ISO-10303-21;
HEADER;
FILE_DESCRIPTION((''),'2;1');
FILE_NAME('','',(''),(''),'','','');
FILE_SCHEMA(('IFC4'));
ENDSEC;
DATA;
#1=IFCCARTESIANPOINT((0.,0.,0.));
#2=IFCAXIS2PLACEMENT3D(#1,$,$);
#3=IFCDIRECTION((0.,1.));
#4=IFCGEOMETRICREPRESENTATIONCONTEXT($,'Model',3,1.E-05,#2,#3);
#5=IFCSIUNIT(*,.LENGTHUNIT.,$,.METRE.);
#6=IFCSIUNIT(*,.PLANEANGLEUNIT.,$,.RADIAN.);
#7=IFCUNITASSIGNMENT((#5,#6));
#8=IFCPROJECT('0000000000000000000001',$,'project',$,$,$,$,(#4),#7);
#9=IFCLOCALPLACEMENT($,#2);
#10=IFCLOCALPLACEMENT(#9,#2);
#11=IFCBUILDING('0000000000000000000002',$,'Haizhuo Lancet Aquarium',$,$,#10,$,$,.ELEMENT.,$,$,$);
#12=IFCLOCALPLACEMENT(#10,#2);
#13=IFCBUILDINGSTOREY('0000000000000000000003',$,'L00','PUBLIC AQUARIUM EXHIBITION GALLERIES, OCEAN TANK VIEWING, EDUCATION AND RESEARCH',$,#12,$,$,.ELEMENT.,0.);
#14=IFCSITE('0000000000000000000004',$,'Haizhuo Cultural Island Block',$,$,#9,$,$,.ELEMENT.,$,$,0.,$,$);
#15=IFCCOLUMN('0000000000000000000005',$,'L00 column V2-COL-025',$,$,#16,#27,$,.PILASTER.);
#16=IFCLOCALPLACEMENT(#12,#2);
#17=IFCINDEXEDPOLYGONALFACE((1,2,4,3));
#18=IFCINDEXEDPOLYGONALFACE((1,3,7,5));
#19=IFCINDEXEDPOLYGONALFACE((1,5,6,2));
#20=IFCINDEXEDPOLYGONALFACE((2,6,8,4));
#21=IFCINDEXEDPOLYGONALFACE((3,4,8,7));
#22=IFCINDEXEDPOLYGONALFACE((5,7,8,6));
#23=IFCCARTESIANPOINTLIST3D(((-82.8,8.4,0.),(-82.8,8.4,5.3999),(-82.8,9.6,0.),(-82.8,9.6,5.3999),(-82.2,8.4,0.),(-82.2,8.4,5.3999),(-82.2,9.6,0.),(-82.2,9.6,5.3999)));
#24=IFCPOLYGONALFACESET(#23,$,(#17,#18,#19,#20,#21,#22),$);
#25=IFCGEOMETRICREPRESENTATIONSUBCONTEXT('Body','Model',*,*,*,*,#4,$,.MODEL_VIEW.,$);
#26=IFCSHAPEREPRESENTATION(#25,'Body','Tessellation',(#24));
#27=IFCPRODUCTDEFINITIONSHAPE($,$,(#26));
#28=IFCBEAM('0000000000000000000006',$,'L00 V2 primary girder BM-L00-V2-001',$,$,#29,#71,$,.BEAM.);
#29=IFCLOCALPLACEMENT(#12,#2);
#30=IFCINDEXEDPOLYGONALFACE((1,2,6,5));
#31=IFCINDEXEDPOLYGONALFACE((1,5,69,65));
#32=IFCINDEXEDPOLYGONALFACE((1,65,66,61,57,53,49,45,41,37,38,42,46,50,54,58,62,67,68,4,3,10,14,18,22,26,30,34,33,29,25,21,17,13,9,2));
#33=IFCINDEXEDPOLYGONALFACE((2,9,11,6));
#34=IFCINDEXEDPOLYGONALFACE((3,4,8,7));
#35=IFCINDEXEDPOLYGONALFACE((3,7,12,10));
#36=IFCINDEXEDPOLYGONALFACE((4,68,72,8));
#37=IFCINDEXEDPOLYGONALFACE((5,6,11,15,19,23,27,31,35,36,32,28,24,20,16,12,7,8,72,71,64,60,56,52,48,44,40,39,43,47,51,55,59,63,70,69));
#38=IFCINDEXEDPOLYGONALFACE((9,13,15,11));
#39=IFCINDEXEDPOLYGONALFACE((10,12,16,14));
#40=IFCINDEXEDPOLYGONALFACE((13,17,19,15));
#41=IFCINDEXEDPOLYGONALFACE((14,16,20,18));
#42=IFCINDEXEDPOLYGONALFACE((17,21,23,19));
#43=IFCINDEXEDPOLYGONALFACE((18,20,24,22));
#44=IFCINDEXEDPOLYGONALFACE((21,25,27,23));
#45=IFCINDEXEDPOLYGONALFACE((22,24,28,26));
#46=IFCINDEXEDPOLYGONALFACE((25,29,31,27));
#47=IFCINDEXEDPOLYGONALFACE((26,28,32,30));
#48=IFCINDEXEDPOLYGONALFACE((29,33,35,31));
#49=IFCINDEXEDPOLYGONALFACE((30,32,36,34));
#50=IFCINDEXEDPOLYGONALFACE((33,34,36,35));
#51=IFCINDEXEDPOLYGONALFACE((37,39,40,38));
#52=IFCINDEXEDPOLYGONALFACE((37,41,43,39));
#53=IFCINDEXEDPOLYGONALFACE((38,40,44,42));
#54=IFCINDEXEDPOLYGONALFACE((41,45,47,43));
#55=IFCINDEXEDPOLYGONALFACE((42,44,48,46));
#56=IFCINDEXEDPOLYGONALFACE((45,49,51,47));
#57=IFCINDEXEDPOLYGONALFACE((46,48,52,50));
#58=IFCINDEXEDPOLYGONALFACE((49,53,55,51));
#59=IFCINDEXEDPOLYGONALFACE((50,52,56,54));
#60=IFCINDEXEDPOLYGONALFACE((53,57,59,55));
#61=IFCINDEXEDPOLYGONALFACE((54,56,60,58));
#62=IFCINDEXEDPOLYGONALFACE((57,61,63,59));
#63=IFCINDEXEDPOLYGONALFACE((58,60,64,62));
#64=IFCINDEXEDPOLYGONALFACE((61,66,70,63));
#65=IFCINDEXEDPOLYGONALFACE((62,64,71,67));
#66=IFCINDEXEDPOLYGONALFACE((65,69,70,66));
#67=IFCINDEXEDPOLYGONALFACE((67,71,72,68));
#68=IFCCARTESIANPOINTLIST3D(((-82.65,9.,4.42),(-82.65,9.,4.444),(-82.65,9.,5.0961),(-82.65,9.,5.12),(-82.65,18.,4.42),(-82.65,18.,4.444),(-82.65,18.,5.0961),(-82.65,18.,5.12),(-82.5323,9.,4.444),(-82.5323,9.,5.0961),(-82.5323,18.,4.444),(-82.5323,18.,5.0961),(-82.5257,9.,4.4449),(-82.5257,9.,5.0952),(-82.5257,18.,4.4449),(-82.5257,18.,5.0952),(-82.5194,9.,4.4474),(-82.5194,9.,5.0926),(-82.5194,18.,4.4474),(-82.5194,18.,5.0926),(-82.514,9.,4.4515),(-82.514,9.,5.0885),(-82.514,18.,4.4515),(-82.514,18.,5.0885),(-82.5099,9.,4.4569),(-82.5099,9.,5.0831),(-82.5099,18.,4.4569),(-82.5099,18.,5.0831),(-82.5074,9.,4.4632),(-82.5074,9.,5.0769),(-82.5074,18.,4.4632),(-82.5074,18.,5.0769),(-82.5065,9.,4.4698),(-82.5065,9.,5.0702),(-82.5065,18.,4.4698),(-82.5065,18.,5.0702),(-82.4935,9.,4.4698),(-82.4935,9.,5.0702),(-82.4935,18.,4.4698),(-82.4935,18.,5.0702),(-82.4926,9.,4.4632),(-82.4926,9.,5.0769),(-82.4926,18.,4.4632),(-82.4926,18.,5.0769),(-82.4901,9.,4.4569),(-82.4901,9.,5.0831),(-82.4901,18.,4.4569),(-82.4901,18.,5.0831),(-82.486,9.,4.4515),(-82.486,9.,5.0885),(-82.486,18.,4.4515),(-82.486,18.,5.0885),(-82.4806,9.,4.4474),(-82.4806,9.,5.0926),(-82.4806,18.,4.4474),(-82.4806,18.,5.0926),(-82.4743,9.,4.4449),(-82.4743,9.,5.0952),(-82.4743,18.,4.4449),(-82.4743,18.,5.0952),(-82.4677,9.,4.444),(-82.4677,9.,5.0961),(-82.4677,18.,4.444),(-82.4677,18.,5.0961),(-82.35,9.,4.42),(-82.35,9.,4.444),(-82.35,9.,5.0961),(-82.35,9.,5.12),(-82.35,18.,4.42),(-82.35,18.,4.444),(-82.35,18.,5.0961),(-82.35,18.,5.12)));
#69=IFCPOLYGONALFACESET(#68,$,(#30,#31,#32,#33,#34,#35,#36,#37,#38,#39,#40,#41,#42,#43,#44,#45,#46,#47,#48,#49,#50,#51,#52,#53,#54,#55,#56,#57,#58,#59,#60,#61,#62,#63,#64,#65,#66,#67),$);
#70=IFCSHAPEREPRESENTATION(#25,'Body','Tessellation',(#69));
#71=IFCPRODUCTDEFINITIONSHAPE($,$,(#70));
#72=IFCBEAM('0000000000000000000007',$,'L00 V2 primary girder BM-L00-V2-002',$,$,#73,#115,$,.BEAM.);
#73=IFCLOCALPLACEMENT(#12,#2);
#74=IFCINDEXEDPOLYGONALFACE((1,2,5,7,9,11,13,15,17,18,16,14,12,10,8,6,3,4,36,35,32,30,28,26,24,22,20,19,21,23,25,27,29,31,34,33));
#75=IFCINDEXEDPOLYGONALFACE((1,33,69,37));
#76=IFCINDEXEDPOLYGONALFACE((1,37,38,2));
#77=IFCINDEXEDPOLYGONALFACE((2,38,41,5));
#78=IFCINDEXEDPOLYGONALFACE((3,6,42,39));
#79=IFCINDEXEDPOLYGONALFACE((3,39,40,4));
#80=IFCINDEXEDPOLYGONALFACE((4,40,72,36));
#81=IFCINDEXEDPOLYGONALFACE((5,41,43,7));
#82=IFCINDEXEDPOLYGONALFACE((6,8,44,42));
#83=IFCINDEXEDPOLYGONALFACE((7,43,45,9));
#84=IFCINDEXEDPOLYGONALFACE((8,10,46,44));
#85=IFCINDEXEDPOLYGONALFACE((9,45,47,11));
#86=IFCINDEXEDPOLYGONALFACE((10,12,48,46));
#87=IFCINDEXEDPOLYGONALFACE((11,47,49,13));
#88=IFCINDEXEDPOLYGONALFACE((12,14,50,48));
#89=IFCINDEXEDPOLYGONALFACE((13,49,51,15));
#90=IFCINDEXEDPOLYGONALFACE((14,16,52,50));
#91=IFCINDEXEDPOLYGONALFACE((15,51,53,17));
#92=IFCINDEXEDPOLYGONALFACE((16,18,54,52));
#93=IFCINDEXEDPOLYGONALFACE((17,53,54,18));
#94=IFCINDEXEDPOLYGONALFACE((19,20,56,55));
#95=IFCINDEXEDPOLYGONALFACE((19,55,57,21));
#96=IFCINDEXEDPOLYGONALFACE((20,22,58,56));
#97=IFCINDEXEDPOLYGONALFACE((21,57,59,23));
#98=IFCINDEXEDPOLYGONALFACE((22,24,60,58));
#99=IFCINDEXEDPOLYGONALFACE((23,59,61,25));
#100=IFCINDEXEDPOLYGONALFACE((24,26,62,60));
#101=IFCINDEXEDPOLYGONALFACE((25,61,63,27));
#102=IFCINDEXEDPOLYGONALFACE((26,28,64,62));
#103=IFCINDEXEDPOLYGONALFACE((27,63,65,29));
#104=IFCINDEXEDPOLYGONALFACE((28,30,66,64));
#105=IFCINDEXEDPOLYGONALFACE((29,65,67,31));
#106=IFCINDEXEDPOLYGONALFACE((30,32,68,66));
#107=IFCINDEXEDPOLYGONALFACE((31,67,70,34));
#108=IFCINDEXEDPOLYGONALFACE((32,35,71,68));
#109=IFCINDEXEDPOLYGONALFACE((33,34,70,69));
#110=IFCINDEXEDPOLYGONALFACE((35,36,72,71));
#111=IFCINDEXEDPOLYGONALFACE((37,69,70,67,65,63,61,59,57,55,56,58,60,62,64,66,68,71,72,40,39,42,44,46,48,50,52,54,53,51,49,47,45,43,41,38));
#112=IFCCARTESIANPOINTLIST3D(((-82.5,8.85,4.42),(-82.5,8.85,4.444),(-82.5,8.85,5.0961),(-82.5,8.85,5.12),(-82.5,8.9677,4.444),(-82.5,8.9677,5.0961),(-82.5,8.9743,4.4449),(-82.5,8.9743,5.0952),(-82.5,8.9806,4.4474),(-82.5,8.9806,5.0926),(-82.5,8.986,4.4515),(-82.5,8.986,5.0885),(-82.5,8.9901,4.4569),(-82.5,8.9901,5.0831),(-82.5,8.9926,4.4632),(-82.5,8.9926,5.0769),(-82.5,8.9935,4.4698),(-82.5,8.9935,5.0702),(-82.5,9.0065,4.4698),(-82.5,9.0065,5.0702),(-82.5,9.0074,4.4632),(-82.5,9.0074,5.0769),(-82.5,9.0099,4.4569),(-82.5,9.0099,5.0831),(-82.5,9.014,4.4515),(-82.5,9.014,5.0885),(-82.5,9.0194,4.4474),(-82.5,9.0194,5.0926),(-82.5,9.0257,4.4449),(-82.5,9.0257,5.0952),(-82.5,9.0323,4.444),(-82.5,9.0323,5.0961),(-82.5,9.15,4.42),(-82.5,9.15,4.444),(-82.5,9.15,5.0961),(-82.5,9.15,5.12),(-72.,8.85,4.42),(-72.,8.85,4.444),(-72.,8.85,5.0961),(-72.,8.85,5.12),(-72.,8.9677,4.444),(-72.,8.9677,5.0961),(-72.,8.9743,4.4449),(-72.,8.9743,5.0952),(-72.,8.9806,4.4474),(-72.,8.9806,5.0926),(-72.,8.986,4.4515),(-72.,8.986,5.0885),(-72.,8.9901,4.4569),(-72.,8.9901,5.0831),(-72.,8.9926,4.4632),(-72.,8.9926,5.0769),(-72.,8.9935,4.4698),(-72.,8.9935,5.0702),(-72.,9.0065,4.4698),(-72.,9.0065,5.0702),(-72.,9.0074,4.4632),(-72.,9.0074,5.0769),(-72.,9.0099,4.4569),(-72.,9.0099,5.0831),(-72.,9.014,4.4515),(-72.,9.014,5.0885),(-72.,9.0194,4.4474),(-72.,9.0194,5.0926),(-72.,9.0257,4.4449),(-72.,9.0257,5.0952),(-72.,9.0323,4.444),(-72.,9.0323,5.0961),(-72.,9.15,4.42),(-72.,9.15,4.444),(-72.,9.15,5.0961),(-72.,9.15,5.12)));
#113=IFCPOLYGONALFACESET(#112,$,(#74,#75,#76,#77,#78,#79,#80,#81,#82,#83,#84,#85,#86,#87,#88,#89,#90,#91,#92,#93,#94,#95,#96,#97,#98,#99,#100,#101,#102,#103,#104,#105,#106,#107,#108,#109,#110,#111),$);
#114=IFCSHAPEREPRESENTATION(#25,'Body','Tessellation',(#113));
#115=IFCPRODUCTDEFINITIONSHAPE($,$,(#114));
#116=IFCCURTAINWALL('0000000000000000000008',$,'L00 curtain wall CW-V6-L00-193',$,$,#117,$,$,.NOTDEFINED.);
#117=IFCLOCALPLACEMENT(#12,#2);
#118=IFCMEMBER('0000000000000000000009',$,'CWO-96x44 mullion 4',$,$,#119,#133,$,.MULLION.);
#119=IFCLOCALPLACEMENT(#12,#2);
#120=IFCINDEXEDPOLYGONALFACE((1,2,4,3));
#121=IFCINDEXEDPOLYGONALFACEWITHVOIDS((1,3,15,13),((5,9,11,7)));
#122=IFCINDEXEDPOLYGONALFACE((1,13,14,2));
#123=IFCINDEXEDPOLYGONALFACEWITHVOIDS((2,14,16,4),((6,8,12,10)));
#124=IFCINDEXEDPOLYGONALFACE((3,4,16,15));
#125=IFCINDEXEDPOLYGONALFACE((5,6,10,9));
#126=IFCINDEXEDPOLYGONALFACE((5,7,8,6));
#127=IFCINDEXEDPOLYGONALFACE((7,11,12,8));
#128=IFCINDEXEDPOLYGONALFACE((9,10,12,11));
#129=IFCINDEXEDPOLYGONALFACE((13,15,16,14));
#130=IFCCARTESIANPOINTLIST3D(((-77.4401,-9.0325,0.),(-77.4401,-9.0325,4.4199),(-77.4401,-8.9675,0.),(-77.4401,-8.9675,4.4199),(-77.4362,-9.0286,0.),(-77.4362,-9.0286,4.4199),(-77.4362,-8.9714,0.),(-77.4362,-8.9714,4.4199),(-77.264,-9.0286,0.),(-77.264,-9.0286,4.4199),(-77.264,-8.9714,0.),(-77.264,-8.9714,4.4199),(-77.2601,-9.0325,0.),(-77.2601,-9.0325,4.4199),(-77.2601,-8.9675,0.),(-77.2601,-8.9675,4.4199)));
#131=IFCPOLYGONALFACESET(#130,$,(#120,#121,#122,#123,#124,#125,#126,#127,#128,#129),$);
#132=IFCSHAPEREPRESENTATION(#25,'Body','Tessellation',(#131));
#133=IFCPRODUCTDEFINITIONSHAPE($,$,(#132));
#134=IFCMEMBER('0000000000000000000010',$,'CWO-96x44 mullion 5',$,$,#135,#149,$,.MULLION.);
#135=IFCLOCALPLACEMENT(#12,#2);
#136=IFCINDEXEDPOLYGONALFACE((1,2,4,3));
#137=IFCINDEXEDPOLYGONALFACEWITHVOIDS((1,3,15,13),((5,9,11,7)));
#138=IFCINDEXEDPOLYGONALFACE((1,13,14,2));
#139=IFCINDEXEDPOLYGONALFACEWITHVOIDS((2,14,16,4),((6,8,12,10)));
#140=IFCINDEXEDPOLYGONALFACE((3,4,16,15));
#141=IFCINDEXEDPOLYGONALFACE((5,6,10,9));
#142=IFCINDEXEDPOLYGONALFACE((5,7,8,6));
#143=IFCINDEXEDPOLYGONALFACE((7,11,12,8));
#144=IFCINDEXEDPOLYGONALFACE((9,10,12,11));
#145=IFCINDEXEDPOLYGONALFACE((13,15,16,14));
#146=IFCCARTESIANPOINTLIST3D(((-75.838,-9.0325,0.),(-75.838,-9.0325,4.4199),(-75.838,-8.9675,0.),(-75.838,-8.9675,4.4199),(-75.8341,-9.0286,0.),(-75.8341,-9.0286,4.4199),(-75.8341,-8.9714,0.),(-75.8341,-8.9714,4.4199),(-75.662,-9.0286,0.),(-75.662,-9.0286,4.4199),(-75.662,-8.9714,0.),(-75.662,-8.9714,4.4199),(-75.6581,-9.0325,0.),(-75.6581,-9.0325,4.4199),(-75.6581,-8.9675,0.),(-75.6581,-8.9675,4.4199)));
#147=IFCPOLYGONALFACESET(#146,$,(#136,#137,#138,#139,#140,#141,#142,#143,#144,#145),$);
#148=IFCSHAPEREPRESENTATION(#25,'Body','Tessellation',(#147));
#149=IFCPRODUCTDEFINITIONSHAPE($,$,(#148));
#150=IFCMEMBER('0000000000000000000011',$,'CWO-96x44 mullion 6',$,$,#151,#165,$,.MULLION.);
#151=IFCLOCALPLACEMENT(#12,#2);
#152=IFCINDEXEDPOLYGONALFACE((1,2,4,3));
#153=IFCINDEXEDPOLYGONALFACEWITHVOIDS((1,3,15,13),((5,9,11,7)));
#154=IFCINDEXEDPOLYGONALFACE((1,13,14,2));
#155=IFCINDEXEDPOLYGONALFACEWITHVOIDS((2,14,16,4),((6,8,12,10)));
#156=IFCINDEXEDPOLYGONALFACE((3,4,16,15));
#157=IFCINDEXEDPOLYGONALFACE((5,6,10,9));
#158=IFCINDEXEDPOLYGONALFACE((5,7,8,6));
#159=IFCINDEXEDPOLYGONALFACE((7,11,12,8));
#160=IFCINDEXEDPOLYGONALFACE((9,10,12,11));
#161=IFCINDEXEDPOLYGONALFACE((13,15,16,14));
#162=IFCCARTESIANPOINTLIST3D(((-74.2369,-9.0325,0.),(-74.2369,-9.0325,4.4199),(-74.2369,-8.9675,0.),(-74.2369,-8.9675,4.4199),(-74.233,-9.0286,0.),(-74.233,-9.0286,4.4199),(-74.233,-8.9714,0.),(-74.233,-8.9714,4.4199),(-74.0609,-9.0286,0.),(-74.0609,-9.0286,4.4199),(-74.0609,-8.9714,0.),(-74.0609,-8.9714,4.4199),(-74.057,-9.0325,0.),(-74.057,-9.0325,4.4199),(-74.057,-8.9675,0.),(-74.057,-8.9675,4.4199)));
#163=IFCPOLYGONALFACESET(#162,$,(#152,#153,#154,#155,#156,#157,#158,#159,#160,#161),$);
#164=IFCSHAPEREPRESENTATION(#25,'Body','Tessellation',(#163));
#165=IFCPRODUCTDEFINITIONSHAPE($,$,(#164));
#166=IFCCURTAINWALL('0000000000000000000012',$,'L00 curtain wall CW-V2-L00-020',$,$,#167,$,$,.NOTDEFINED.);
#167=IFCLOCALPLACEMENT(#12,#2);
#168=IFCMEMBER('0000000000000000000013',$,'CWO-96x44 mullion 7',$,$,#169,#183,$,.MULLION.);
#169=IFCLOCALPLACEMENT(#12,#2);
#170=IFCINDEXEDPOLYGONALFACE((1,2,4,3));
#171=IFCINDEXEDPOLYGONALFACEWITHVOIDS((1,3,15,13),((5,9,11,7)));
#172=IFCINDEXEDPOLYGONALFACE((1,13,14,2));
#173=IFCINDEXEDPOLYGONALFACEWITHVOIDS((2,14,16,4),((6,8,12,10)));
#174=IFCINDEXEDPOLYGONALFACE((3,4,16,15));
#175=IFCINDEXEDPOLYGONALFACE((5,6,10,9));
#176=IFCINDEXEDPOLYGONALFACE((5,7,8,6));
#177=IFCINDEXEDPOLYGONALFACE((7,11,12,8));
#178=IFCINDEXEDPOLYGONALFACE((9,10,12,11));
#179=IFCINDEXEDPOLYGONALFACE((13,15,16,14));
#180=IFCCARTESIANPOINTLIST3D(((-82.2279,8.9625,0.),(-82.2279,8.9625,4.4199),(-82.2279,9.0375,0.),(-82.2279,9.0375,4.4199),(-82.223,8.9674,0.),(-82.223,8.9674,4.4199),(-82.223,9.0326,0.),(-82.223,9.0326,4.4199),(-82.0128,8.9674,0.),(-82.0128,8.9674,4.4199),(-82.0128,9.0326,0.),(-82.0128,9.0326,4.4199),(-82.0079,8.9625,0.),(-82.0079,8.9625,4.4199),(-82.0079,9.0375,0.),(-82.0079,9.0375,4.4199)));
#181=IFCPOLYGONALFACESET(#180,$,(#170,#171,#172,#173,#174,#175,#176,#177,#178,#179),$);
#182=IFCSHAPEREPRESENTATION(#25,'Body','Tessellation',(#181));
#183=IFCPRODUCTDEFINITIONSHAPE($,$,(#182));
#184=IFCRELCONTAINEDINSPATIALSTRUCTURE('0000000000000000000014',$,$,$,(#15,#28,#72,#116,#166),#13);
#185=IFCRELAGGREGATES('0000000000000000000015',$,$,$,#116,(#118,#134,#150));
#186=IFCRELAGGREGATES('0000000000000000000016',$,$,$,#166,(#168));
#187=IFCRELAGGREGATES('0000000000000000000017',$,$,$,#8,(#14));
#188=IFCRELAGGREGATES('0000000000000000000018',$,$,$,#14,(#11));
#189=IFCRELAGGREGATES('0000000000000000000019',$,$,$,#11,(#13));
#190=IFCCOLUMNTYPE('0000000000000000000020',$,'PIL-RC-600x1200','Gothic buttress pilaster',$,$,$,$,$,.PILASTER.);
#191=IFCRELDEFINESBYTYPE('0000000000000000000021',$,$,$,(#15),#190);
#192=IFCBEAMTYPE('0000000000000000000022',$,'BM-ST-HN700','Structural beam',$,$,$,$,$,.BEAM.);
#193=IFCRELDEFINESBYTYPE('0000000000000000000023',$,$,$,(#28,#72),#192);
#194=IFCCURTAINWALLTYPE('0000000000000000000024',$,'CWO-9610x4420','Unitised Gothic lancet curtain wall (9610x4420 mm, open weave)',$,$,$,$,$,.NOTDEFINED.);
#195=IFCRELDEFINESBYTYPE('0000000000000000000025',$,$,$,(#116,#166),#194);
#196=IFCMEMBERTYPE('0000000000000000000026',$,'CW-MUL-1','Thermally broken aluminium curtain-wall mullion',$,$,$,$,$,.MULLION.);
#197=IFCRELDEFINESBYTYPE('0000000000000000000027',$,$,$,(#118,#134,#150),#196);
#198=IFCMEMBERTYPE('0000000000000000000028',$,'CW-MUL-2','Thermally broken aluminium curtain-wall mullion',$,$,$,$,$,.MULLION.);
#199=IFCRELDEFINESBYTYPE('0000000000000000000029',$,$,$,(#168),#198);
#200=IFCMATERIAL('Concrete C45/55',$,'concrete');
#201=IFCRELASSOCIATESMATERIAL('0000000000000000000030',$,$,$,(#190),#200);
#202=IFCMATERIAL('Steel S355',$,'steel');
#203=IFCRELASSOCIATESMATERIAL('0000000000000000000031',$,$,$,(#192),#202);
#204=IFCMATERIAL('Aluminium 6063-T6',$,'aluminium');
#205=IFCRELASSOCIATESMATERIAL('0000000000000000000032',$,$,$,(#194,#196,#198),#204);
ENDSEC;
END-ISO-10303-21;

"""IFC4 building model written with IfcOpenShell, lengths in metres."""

from ifc_helpers import new_model, si_unit, direction, frame, origin, origin_2d, place, context, subcontext, project, spatial, rectangle, hollow_rectangle, i_section, extrude, material, material_profile, profile_set, type_object, element, aggregate, save


model = new_model("IFC4")

# Units and contexts
model_context = context("Model", 3, precision=1e-05, world=origin(), true_north=direction((0.0, 1.0)))
body_context = subcontext(model_context, "Body", "Model", "MODEL_VIEW")
ifc_project = project(units=[si_unit("LENGTHUNIT", "METRE"), si_unit("PLANEANGLEUNIT", "RADIAN")], contexts=[model_context])

# Site, building, storey
site_placement = place(None, origin())
site = spatial("IfcSite", under=ifc_project, at=site_placement, Name="Haizhuo Cultural Island Block", CompositionType="ELEMENT", RefElevation=0.0)
building_placement = place(site_placement, origin())
building = spatial("IfcBuilding", under=site, at=building_placement, Name="Haizhuo Lancet Aquarium", CompositionType="ELEMENT")
storey_placement = place(building_placement, origin())
storey = spatial("IfcBuildingStorey", under=building, at=storey_placement, Name="L00", Description="PUBLIC AQUARIUM EXHIBITION GALLERIES, OCEAN TANK VIEWING, EDUCATION AND RESEARCH", CompositionType="ELEMENT", Elevation=0.0)

# Column
ifc_material_1 = material(Name="Concrete C45/55", Category="concrete")
ifc_material_profile_1 = material_profile(ifc_material_1, rectangle(XDim=0.6001, YDim=1.2, at=origin_2d()), Name="RC-PIL 600x1200")
ifc_profile_set_1 = profile_set([ifc_material_profile_1], Name="Concrete C45/55")
column_type = type_object("IfcColumnType", Name="PIL-RC-600x1200", Description="Gothic buttress pilaster", PredefinedType="PILASTER", material=ifc_profile_set_1)
column_placement = place(storey_placement, frame((-82.5, 9.0, 0.0), z_axis=(0.0, 0.0, 1.0), x_axis=(1.0, 0.0, 0.0)))
element("IfcColumn", 1, at=column_placement, inside=storey, type_object=column_type, Name="L00 column V2-COL-025", PredefinedType="PILASTER", context=body_context, shape_type="SweptSolid", body=[
    extrude(rectangle(XDim=0.6001, YDim=1.2, at=origin_2d()), origin(), (0.0, 0.0, 1.0), 5.3999),
])

# Beams
ifc_material_2 = material(Name="Steel S355", Category="steel")
ifc_material_profile_2 = material_profile(ifc_material_2, i_section(OverallWidth=0.3, OverallDepth=0.7, WebThickness=0.0129, FlangeThickness=0.0239, FilletRadius=0.0259, at=origin_2d()), Name="HN 700x300x13x24")
ifc_profile_set_2 = profile_set([ifc_material_profile_2], Name="Steel S355")
beam_type = type_object("IfcBeamType", Name="BM-ST-HN700", Description="Structural beam", PredefinedType="BEAM", material=ifc_profile_set_2)
beam_1_placement = place(storey_placement, frame((-82.5, 9.0, 4.77), z_axis=(0.0, 1.0, 0.0), x_axis=(-1.0, 0.0, 0.0)))
element("IfcBeam", 2, at=beam_1_placement, inside=storey, type_object=beam_type, Name="L00 V2 primary girder BM-L00-V2-001", PredefinedType="BEAM", context=body_context, shape_type="SweptSolid", body=[
    extrude(i_section(OverallWidth=0.3, OverallDepth=0.7, WebThickness=0.0129, FlangeThickness=0.0239, FilletRadius=0.0259, at=origin_2d()), origin(), (0.0, 0.0, 1.0), 9.0),
])
beam_2_placement = place(storey_placement, frame((-82.5, 9.0, 4.77), z_axis=(1.0, 0.0, 0.0), x_axis=(0.0, 1.0, 0.0)))
element("IfcBeam", 3, at=beam_2_placement, inside=storey, type_object=beam_type, Name="L00 V2 primary girder BM-L00-V2-002", PredefinedType="BEAM", context=body_context, shape_type="SweptSolid", body=[
    extrude(i_section(OverallWidth=0.3, OverallDepth=0.7, WebThickness=0.0129, FlangeThickness=0.0239, FilletRadius=0.0259, at=origin_2d()), origin(), (0.0, 0.0, 1.0), 10.5),
])

# Curtain wall, members
ifc_material_3 = material(Name="Aluminium 6063-T6", Category="aluminium")
curtain_wall_type = type_object("IfcCurtainWallType", Name="CWO-9610x4420", Description="Unitised Gothic lancet curtain wall (9610x4420 mm, open weave)", PredefinedType="NOTDEFINED", material=ifc_material_3)
curtain_wall_1_placement = place(storey_placement, origin())
curtain_wall_1 = element("IfcCurtainWall", 4, at=curtain_wall_1_placement, inside=storey, type_object=curtain_wall_type, Name="L00 curtain wall CW-V6-L00-193", PredefinedType="NOTDEFINED")
ifc_material_profile_3 = material_profile(ifc_material_3, hollow_rectangle(XDim=0.0649, YDim=0.1799, WallThickness=0.0039, at=origin_2d()), Name="ALU-M 65x180x4")
ifc_profile_set_3 = profile_set([ifc_material_profile_3], Name="Aluminium 6063-T6")
member_type_1 = type_object("IfcMemberType", Name="CW-MUL-1", Description="Thermally broken aluminium curtain-wall mullion", PredefinedType="MULLION", material=ifc_profile_set_3)
member_1_placement = place(storey_placement, frame((-77.3501, -9.0, 0.0), z_axis=(0.0, 0.0, 1.0), x_axis=(0.0, 1.0, 0.0)))
member_1 = element("IfcMember", 5, at=member_1_placement, type_object=member_type_1, Name="CWO-96x44 mullion 4", PredefinedType="MULLION", context=body_context, shape_type="SweptSolid", body=[
    extrude(hollow_rectangle(XDim=0.0649, YDim=0.1799, WallThickness=0.0039, at=origin_2d()), origin(), (0.0, 0.0, 1.0), 4.4199),
])
member_2_placement = place(storey_placement, frame((-75.748, -9.0, 0.0), z_axis=(0.0, 0.0, 1.0), x_axis=(0.0, 1.0, 0.0)))
member_2 = element("IfcMember", 6, at=member_2_placement, type_object=member_type_1, Name="CWO-96x44 mullion 5", PredefinedType="MULLION", context=body_context, shape_type="SweptSolid", body=[
    extrude(hollow_rectangle(XDim=0.0649, YDim=0.1799, WallThickness=0.0039, at=origin_2d()), origin(), (0.0, 0.0, 1.0), 4.4199),
])
member_3_placement = place(storey_placement, frame((-74.147, -9.0, 0.0), z_axis=(0.0, 0.0, 1.0), x_axis=(0.0, 1.0, 0.0)))
member_3 = element("IfcMember", 7, at=member_3_placement, type_object=member_type_1, Name="CWO-96x44 mullion 6", PredefinedType="MULLION", context=body_context, shape_type="SweptSolid", body=[
    extrude(hollow_rectangle(XDim=0.0649, YDim=0.1799, WallThickness=0.0039, at=origin_2d()), origin(), (0.0, 0.0, 1.0), 4.4199),
])

# Curtain wall, member
curtain_wall_2_placement = place(storey_placement, origin())
curtain_wall_2 = element("IfcCurtainWall", 8, at=curtain_wall_2_placement, inside=storey, type_object=curtain_wall_type, Name="L00 curtain wall CW-V2-L00-020", PredefinedType="NOTDEFINED")
ifc_material_profile_4 = material_profile(ifc_material_3, hollow_rectangle(XDim=0.075, YDim=0.22, WallThickness=0.0049, at=origin_2d()), Name="ALU-M 75x220x5")
ifc_profile_set_4 = profile_set([ifc_material_profile_4], Name="Aluminium 6063-T6")
member_type_2 = type_object("IfcMemberType", Name="CW-MUL-2", Description="Thermally broken aluminium curtain-wall mullion", PredefinedType="MULLION", material=ifc_profile_set_4)
member_4_placement = place(storey_placement, frame((-82.1179, 9.0, 0.0), z_axis=(0.0, 0.0, 1.0), x_axis=(0.0, -1.0, 0.0)))
member_4 = element("IfcMember", 9, at=member_4_placement, type_object=member_type_2, Name="CWO-96x44 mullion 7", PredefinedType="MULLION", context=body_context, shape_type="SweptSolid", body=[
    extrude(hollow_rectangle(XDim=0.075, YDim=0.22, WallThickness=0.0049, at=origin_2d()), origin(), (0.0, 0.0, 1.0), 4.4199),
])

aggregate(curtain_wall_1, [member_1, member_2, member_3])
aggregate(curtain_wall_2, [member_4])

save(model, "model.ifc")
